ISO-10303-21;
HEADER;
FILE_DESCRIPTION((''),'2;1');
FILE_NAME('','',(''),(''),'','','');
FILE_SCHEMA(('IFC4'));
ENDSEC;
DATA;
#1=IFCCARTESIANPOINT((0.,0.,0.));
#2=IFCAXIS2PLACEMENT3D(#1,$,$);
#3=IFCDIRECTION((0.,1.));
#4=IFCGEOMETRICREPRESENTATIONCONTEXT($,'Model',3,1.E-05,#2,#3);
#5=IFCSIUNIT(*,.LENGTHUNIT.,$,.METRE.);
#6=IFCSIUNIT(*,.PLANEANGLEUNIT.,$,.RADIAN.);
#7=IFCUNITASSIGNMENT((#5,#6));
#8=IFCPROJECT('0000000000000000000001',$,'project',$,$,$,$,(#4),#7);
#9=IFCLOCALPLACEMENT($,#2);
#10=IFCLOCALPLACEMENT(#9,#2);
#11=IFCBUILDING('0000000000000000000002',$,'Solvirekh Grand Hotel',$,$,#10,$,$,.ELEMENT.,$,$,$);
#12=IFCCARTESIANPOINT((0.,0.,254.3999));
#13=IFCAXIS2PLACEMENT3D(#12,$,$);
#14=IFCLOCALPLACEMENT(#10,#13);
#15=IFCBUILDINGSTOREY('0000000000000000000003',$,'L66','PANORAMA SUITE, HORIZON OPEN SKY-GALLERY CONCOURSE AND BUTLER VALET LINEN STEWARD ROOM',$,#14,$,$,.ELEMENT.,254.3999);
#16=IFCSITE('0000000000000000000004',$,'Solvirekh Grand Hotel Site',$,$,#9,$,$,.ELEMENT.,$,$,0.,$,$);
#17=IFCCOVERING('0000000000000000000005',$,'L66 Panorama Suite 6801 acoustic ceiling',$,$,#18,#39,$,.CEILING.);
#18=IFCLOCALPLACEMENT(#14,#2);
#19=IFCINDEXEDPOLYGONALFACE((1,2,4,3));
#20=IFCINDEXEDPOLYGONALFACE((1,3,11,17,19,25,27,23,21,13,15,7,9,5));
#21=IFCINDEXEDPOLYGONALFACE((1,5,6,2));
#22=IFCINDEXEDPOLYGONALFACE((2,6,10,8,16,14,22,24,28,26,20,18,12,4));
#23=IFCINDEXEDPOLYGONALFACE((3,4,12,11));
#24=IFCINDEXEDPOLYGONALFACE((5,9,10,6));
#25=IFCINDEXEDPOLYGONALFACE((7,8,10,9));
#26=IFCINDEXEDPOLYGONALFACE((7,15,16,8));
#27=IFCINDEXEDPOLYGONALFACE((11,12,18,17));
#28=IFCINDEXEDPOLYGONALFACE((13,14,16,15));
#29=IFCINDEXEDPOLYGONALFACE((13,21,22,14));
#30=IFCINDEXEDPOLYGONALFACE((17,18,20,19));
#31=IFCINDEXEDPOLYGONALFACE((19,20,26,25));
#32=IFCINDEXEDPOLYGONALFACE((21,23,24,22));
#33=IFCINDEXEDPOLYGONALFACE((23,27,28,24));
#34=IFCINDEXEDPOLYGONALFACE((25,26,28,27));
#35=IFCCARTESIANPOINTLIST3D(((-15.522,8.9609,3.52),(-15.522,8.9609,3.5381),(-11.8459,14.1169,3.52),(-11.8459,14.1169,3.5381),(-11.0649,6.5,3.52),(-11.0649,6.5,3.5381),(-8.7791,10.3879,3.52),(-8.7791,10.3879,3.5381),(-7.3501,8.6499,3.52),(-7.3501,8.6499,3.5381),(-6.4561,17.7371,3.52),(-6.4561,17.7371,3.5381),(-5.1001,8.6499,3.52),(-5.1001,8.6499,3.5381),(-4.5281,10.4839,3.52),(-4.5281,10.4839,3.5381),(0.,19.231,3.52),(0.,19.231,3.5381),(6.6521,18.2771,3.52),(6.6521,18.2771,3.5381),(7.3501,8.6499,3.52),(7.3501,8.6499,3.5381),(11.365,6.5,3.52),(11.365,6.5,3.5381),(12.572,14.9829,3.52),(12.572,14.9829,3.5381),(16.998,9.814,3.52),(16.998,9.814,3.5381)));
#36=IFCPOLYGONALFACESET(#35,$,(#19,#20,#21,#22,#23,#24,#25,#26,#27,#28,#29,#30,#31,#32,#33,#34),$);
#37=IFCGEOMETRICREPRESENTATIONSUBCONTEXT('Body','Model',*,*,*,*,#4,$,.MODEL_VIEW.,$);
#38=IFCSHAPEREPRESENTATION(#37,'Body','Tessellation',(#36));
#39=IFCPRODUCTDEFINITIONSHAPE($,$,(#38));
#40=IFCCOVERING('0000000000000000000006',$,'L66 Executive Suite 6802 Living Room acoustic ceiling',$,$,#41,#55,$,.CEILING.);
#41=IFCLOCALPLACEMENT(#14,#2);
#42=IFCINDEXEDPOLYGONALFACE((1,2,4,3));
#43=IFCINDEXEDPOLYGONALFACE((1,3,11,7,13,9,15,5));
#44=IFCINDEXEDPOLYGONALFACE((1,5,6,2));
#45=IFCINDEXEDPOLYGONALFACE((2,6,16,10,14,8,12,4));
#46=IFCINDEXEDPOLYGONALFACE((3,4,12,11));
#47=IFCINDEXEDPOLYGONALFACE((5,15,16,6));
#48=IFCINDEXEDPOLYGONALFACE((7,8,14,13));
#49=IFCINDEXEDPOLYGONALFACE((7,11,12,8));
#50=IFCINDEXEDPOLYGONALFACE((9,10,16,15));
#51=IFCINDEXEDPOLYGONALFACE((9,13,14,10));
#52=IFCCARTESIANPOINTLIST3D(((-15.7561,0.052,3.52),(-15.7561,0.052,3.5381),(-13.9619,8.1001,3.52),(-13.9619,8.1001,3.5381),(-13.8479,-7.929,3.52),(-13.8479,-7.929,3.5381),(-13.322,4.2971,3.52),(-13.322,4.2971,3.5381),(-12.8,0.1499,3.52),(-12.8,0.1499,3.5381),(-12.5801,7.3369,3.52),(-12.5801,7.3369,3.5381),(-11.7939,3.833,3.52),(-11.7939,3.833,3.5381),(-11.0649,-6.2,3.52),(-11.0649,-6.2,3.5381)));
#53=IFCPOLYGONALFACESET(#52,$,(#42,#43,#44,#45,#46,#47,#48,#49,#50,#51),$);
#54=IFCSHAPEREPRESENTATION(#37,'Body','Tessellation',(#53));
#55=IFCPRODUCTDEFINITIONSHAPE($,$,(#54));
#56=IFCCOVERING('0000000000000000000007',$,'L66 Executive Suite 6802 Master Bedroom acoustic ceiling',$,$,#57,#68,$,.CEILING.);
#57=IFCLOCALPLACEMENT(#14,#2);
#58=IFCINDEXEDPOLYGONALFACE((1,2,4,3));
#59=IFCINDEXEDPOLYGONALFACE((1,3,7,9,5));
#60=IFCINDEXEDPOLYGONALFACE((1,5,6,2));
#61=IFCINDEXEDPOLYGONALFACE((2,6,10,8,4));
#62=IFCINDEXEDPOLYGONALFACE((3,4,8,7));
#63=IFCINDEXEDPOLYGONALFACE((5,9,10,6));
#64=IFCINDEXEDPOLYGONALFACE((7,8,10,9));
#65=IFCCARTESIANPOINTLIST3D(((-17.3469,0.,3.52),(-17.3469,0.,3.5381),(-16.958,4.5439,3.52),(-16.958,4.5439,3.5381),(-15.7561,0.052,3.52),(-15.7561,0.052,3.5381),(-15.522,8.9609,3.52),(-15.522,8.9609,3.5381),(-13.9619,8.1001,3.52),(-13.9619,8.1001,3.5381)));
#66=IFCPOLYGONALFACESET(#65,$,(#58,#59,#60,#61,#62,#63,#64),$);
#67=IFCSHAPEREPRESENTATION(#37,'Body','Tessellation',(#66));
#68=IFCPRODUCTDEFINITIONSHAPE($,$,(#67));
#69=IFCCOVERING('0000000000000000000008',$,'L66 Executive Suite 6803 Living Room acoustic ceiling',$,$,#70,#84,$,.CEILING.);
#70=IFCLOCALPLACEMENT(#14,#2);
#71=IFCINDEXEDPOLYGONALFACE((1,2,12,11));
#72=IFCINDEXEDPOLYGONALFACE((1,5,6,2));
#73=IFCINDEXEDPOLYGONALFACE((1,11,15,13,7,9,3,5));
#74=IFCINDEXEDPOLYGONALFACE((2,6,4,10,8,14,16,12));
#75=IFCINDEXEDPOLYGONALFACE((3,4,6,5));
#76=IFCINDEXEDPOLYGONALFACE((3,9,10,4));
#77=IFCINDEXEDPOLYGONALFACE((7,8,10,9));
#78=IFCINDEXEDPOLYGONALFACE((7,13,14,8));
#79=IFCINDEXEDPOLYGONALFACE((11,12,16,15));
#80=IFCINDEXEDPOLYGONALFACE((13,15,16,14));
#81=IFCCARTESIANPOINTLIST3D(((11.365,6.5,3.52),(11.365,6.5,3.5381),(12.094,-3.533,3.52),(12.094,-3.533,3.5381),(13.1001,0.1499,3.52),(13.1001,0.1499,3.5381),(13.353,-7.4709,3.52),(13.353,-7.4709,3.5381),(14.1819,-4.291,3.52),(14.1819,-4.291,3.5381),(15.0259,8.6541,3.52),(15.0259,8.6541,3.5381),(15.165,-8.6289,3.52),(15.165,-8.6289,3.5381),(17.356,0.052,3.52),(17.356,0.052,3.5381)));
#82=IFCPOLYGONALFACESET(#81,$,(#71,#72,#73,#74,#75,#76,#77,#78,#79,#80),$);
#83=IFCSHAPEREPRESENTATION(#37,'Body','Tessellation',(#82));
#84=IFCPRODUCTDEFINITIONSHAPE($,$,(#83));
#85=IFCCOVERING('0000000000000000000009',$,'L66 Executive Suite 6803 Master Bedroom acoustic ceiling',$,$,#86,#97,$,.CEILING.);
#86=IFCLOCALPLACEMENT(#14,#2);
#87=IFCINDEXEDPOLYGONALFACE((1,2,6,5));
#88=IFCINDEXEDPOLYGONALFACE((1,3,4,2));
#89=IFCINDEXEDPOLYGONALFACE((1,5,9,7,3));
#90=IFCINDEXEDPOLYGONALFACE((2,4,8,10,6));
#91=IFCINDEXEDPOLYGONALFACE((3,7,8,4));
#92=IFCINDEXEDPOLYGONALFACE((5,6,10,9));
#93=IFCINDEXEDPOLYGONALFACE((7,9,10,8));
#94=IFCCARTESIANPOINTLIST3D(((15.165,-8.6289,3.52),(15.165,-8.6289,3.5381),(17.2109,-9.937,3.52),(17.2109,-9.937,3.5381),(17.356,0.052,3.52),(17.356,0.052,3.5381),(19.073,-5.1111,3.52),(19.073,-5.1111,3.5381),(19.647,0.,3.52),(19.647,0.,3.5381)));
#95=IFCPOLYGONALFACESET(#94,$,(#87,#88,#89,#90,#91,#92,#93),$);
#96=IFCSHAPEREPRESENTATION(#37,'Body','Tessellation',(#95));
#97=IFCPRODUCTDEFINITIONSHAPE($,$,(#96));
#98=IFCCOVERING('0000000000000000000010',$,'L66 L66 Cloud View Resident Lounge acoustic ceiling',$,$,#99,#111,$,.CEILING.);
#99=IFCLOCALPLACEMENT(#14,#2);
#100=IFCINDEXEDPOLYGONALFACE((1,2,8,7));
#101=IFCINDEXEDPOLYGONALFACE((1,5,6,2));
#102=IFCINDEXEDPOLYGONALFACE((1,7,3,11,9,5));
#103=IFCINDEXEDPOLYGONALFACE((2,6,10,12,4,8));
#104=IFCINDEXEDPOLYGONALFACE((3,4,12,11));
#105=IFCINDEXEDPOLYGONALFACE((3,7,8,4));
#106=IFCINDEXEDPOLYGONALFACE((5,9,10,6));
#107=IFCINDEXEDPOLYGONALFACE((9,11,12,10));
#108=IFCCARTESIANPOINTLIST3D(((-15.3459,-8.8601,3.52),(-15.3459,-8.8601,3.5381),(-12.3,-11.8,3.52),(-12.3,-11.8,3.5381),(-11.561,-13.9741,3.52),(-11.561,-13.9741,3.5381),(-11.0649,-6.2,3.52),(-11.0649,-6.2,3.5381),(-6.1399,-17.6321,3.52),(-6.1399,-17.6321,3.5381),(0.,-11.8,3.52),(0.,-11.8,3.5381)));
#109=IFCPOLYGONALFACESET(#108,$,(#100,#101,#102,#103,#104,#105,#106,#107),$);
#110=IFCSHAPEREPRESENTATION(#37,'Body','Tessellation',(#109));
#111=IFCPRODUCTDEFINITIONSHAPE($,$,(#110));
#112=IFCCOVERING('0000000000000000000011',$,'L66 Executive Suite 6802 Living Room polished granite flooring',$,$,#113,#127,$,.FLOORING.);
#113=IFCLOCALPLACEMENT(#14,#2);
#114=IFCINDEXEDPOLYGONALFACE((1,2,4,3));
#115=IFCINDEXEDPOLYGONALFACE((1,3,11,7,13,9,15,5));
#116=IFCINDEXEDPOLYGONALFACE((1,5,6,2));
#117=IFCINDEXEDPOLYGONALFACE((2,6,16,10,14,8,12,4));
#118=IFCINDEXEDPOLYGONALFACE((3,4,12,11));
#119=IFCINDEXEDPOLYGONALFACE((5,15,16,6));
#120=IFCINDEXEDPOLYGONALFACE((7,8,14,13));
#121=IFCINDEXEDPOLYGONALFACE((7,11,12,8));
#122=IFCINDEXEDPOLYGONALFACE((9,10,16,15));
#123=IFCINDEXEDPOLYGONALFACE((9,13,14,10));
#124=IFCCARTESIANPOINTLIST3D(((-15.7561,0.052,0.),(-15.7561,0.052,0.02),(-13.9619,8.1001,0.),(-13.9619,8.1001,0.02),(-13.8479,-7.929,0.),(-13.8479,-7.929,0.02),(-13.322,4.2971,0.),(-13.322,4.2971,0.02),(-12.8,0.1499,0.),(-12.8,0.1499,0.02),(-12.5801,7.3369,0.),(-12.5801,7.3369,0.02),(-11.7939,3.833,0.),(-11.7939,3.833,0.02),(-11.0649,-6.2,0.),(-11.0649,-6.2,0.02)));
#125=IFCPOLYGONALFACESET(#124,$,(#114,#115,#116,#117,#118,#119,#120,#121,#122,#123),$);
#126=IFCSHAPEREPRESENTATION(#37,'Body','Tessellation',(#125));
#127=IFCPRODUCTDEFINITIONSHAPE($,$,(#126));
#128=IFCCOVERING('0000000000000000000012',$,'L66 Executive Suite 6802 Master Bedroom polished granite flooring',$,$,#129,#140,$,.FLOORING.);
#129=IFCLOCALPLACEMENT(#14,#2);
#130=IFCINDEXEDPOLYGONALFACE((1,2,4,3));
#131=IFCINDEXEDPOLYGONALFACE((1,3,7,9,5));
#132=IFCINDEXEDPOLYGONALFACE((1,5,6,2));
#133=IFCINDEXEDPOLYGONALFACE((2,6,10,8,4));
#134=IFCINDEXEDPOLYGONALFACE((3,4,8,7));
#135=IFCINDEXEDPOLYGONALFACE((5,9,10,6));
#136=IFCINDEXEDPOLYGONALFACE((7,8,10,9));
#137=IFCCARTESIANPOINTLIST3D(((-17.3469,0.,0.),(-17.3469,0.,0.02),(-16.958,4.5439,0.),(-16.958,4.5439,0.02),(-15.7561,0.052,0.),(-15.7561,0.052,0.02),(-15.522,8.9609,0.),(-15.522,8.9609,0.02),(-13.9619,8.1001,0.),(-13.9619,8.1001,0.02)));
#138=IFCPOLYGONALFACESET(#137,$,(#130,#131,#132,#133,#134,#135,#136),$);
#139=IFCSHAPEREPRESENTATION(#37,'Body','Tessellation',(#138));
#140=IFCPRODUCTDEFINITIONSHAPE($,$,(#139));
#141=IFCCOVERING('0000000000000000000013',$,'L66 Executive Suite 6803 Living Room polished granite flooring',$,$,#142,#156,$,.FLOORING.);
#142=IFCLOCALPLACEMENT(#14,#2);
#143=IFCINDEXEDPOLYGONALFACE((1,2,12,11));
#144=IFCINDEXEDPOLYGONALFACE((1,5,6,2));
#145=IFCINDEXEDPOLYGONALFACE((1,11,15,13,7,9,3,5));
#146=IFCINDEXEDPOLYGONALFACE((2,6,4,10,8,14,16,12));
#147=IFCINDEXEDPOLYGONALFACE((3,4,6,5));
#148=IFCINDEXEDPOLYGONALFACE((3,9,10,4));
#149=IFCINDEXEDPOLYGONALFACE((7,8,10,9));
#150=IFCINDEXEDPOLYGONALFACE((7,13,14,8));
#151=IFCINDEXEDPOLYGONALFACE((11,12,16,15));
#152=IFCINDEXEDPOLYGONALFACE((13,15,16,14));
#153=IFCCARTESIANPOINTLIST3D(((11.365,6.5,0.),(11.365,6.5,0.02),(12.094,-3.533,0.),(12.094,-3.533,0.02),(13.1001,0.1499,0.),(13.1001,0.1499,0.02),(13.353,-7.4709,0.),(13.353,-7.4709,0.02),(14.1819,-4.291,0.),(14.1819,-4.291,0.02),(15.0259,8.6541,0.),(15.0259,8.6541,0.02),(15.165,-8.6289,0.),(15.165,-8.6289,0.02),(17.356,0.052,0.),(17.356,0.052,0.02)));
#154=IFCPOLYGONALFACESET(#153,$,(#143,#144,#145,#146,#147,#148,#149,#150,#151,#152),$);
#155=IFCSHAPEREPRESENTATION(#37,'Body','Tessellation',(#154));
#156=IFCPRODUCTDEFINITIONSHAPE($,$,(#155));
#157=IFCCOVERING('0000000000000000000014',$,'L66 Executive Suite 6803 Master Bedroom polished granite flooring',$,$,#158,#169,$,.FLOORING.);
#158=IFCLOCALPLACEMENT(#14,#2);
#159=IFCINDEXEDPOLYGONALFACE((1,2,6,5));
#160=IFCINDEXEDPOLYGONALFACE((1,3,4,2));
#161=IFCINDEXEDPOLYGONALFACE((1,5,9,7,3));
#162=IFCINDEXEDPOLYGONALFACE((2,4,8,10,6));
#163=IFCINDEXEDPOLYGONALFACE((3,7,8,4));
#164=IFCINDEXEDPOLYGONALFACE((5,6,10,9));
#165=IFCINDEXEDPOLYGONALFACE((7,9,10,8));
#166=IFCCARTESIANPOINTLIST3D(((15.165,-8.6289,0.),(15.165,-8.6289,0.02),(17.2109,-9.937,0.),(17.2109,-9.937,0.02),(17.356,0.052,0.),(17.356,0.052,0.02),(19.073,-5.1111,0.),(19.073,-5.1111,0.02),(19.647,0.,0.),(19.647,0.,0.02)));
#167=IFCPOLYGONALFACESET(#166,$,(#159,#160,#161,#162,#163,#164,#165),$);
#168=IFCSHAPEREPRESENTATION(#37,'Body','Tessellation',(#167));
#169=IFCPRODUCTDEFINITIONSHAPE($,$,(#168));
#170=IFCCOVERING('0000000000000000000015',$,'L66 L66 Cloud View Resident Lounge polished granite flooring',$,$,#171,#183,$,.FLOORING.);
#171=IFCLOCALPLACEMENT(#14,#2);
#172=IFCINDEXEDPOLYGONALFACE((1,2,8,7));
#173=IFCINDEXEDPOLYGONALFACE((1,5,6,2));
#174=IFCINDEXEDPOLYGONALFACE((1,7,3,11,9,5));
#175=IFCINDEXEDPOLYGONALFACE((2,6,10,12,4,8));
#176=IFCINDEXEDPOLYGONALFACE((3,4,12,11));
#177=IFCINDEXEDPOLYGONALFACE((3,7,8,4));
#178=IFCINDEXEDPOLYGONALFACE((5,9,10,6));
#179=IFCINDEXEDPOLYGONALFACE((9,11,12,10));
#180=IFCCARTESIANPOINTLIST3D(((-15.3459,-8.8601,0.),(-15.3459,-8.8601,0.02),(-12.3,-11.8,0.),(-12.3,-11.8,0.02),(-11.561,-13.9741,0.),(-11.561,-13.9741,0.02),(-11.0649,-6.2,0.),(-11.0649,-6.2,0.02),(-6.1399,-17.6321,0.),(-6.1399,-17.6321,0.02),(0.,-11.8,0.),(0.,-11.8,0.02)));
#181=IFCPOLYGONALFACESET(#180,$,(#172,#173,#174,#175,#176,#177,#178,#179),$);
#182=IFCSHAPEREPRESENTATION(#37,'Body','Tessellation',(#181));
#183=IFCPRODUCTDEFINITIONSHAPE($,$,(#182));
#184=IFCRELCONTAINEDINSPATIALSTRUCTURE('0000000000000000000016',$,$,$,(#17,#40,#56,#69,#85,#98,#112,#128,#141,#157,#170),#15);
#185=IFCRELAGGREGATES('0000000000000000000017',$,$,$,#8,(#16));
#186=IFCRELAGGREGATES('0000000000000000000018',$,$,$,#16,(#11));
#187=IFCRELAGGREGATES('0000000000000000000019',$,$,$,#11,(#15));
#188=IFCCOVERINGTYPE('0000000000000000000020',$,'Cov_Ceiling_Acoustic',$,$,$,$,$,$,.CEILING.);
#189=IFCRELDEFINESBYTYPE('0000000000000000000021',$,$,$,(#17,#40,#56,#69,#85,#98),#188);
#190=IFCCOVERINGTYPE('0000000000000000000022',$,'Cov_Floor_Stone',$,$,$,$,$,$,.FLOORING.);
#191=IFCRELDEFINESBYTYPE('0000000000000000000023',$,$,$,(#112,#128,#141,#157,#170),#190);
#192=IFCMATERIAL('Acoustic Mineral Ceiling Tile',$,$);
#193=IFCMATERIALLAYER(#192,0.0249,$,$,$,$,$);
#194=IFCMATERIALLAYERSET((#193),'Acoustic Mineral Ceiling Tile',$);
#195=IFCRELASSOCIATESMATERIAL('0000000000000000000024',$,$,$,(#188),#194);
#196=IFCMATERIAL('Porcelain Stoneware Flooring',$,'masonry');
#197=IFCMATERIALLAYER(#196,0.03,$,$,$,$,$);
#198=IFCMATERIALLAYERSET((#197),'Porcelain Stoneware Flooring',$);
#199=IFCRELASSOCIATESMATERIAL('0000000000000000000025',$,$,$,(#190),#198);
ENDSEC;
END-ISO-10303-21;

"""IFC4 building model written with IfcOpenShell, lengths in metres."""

from ifc_helpers import new_model, si_unit, direction, frame, origin, place, context, subcontext, project, spatial, polyline, outline, extrude, material, layer, layer_set, type_object, element, save


model = new_model("IFC4")

# Units and contexts
model_context = context("Model", 3, precision=1e-05, world=origin(), true_north=direction((0.0, 1.0)))
body_context = subcontext(model_context, "Body", "Model", "MODEL_VIEW")
ifc_project = project(units=[si_unit("LENGTHUNIT", "METRE"), si_unit("PLANEANGLEUNIT", "RADIAN")], contexts=[model_context])

# Site, building, storey
site_placement = place(None, origin())
site = spatial("IfcSite", under=ifc_project, at=site_placement, Name="Solvirekh Grand Hotel Site", CompositionType="ELEMENT", RefElevation=0.0)
building_placement = place(site_placement, origin())
building = spatial("IfcBuilding", under=site, at=building_placement, Name="Solvirekh Grand Hotel", CompositionType="ELEMENT")
storey_placement = place(building_placement, frame((0.0, 0.0, 254.3999)))
storey = spatial("IfcBuildingStorey", under=building, at=storey_placement, Name="L66", Description="PANORAMA SUITE, HORIZON OPEN SKY-GALLERY CONCOURSE AND BUTLER VALET LINEN STEWARD ROOM", CompositionType="ELEMENT", Elevation=254.3999)

# Coverings
ifc_material_1 = material(Name="Acoustic Mineral Ceiling Tile")
ifc_layer_1 = layer(ifc_material_1, 0.0249)
ifc_layer_set_1 = layer_set([ifc_layer_1], Name="Acoustic Mineral Ceiling Tile")
covering_type_1 = type_object("IfcCoveringType", Name="Cov_Ceiling_Acoustic", PredefinedType="CEILING", material=ifc_layer_set_1)
covering_1_placement = place(storey_placement, frame((0.0, 0.0, 3.52)))
element("IfcCovering", 1, at=covering_1_placement, inside=storey, type_object=covering_type_1, Name="L66 Panorama Suite 6801 acoustic ceiling", PredefinedType="CEILING", context=body_context, shape_type="SweptSolid", body=[
    extrude(outline(polyline([(-7.3501, 8.6499), (-8.7791, 10.3879), (-4.5281, 10.4839), (-5.1001, 8.6499), (7.3501, 8.6499), (11.365, 6.5), (16.998, 9.814), (12.572, 14.9829), (6.6521, 18.2771), (0.0, 19.231), (-6.4561, 17.7371), (-11.8459, 14.1169), (-15.522, 8.9609), (-11.0649, 6.5), (-7.3501, 8.6499)])), origin(), (0.0, 0.0, 1.0), 0.0181),
])
covering_2_placement = place(storey_placement, frame((0.0, 0.0, 3.52)))
element("IfcCovering", 2, at=covering_2_placement, inside=storey, type_object=covering_type_1, Name="L66 Executive Suite 6802 Living Room acoustic ceiling", PredefinedType="CEILING", context=body_context, shape_type="SweptSolid", body=[
    extrude(outline(polyline([(-13.322, 4.2971), (-12.5801, 7.3369), (-13.9619, 8.1001), (-15.7561, 0.052), (-13.8479, -7.929), (-11.0649, -6.2), (-12.8, 0.1499), (-11.7939, 3.833), (-13.322, 4.2971)])), origin(), (0.0, 0.0, 1.0), 0.0181),
])
covering_3_placement = place(storey_placement, frame((0.0, 0.0, 3.52)))
element("IfcCovering", 3, at=covering_3_placement, inside=storey, type_object=covering_type_1, Name="L66 Executive Suite 6802 Master Bedroom acoustic ceiling", PredefinedType="CEILING", context=body_context, shape_type="SweptSolid", body=[
    extrude(outline(polyline([(-15.522, 8.9609), (-16.958, 4.5439), (-17.3469, 0.0), (-15.7561, 0.052), (-13.9619, 8.1001), (-15.522, 8.9609)])), origin(), (0.0, 0.0, 1.0), 0.0181),
])
covering_4_placement = place(storey_placement, frame((0.0, 0.0, 3.52)))
element("IfcCovering", 4, at=covering_4_placement, inside=storey, type_object=covering_type_1, Name="L66 Executive Suite 6803 Living Room acoustic ceiling", PredefinedType="CEILING", context=body_context, shape_type="SweptSolid", body=[
    extrude(outline(polyline([(14.1819, -4.291), (13.353, -7.4709), (15.165, -8.6289), (17.356, 0.052), (15.0259, 8.6541), (11.365, 6.5), (13.1001, 0.1499), (12.094, -3.533), (14.1819, -4.291)])), origin(), (0.0, 0.0, 1.0), 0.0181),
])
covering_5_placement = place(storey_placement, frame((0.0, 0.0, 3.52)))
element("IfcCovering", 5, at=covering_5_placement, inside=storey, type_object=covering_type_1, Name="L66 Executive Suite 6803 Master Bedroom acoustic ceiling", PredefinedType="CEILING", context=body_context, shape_type="SweptSolid", body=[
    extrude(outline(polyline([(17.2109, -9.937), (19.073, -5.1111), (19.647, 0.0), (17.356, 0.052), (15.165, -8.6289), (17.2109, -9.937)])), origin(), (0.0, 0.0, 1.0), 0.0181),
])
covering_6_placement = place(storey_placement, frame((0.0, 0.0, 3.52)))
element("IfcCovering", 6, at=covering_6_placement, inside=storey, type_object=covering_type_1, Name="L66 L66 Cloud View Resident Lounge acoustic ceiling", PredefinedType="CEILING", context=body_context, shape_type="SweptSolid", body=[
    extrude(outline(polyline([(-15.3459, -8.8601), (-11.561, -13.9741), (-6.1399, -17.6321), (0.0, -11.8), (-12.3, -11.8), (-11.0649, -6.2), (-15.3459, -8.8601)])), origin(), (0.0, 0.0, 1.0), 0.0181),
])
ifc_material_2 = material(Name="Porcelain Stoneware Flooring", Category="masonry")
ifc_layer_2 = layer(ifc_material_2, 0.03)
ifc_layer_set_2 = layer_set([ifc_layer_2], Name="Porcelain Stoneware Flooring")
covering_type_2 = type_object("IfcCoveringType", Name="Cov_Floor_Stone", PredefinedType="FLOORING", material=ifc_layer_set_2)
covering_7_placement = place(storey_placement, origin())
element("IfcCovering", 7, at=covering_7_placement, inside=storey, type_object=covering_type_2, Name="L66 Executive Suite 6802 Living Room polished granite flooring", PredefinedType="FLOORING", context=body_context, shape_type="SweptSolid", body=[
    extrude(outline(polyline([(-13.322, 4.2971), (-12.5801, 7.3369), (-13.9619, 8.1001), (-15.7561, 0.052), (-13.8479, -7.929), (-11.0649, -6.2), (-12.8, 0.1499), (-11.7939, 3.833), (-13.322, 4.2971)])), origin(), (0.0, 0.0, 1.0), 0.02),
])
covering_8_placement = place(storey_placement, origin())
element("IfcCovering", 8, at=covering_8_placement, inside=storey, type_object=covering_type_2, Name="L66 Executive Suite 6802 Master Bedroom polished granite flooring", PredefinedType="FLOORING", context=body_context, shape_type="SweptSolid", body=[
    extrude(outline(polyline([(-15.522, 8.9609), (-16.958, 4.5439), (-17.3469, 0.0), (-15.7561, 0.052), (-13.9619, 8.1001), (-15.522, 8.9609)])), origin(), (0.0, 0.0, 1.0), 0.02),
])
covering_9_placement = place(storey_placement, origin())
element("IfcCovering", 9, at=covering_9_placement, inside=storey, type_object=covering_type_2, Name="L66 Executive Suite 6803 Living Room polished granite flooring", PredefinedType="FLOORING", context=body_context, shape_type="SweptSolid", body=[
    extrude(outline(polyline([(14.1819, -4.291), (13.353, -7.4709), (15.165, -8.6289), (17.356, 0.052), (15.0259, 8.6541), (11.365, 6.5), (13.1001, 0.1499), (12.094, -3.533), (14.1819, -4.291)])), origin(), (0.0, 0.0, 1.0), 0.02),
])
covering_10_placement = place(storey_placement, origin())
element("IfcCovering", 10, at=covering_10_placement, inside=storey, type_object=covering_type_2, Name="L66 Executive Suite 6803 Master Bedroom polished granite flooring", PredefinedType="FLOORING", context=body_context, shape_type="SweptSolid", body=[
    extrude(outline(polyline([(17.2109, -9.937), (19.073, -5.1111), (19.647, 0.0), (17.356, 0.052), (15.165, -8.6289), (17.2109, -9.937)])), origin(), (0.0, 0.0, 1.0), 0.02),
])
covering_11_placement = place(storey_placement, origin())
element("IfcCovering", 11, at=covering_11_placement, inside=storey, type_object=covering_type_2, Name="L66 L66 Cloud View Resident Lounge polished granite flooring", PredefinedType="FLOORING", context=body_context, shape_type="SweptSolid", body=[
    extrude(outline(polyline([(-15.3459, -8.8601), (-11.561, -13.9741), (-6.1399, -17.6321), (0.0, -11.8), (-12.3, -11.8), (-11.0649, -6.2), (-15.3459, -8.8601)])), origin(), (0.0, 0.0, 1.0), 0.02),
])

save(model, "model.ifc")
